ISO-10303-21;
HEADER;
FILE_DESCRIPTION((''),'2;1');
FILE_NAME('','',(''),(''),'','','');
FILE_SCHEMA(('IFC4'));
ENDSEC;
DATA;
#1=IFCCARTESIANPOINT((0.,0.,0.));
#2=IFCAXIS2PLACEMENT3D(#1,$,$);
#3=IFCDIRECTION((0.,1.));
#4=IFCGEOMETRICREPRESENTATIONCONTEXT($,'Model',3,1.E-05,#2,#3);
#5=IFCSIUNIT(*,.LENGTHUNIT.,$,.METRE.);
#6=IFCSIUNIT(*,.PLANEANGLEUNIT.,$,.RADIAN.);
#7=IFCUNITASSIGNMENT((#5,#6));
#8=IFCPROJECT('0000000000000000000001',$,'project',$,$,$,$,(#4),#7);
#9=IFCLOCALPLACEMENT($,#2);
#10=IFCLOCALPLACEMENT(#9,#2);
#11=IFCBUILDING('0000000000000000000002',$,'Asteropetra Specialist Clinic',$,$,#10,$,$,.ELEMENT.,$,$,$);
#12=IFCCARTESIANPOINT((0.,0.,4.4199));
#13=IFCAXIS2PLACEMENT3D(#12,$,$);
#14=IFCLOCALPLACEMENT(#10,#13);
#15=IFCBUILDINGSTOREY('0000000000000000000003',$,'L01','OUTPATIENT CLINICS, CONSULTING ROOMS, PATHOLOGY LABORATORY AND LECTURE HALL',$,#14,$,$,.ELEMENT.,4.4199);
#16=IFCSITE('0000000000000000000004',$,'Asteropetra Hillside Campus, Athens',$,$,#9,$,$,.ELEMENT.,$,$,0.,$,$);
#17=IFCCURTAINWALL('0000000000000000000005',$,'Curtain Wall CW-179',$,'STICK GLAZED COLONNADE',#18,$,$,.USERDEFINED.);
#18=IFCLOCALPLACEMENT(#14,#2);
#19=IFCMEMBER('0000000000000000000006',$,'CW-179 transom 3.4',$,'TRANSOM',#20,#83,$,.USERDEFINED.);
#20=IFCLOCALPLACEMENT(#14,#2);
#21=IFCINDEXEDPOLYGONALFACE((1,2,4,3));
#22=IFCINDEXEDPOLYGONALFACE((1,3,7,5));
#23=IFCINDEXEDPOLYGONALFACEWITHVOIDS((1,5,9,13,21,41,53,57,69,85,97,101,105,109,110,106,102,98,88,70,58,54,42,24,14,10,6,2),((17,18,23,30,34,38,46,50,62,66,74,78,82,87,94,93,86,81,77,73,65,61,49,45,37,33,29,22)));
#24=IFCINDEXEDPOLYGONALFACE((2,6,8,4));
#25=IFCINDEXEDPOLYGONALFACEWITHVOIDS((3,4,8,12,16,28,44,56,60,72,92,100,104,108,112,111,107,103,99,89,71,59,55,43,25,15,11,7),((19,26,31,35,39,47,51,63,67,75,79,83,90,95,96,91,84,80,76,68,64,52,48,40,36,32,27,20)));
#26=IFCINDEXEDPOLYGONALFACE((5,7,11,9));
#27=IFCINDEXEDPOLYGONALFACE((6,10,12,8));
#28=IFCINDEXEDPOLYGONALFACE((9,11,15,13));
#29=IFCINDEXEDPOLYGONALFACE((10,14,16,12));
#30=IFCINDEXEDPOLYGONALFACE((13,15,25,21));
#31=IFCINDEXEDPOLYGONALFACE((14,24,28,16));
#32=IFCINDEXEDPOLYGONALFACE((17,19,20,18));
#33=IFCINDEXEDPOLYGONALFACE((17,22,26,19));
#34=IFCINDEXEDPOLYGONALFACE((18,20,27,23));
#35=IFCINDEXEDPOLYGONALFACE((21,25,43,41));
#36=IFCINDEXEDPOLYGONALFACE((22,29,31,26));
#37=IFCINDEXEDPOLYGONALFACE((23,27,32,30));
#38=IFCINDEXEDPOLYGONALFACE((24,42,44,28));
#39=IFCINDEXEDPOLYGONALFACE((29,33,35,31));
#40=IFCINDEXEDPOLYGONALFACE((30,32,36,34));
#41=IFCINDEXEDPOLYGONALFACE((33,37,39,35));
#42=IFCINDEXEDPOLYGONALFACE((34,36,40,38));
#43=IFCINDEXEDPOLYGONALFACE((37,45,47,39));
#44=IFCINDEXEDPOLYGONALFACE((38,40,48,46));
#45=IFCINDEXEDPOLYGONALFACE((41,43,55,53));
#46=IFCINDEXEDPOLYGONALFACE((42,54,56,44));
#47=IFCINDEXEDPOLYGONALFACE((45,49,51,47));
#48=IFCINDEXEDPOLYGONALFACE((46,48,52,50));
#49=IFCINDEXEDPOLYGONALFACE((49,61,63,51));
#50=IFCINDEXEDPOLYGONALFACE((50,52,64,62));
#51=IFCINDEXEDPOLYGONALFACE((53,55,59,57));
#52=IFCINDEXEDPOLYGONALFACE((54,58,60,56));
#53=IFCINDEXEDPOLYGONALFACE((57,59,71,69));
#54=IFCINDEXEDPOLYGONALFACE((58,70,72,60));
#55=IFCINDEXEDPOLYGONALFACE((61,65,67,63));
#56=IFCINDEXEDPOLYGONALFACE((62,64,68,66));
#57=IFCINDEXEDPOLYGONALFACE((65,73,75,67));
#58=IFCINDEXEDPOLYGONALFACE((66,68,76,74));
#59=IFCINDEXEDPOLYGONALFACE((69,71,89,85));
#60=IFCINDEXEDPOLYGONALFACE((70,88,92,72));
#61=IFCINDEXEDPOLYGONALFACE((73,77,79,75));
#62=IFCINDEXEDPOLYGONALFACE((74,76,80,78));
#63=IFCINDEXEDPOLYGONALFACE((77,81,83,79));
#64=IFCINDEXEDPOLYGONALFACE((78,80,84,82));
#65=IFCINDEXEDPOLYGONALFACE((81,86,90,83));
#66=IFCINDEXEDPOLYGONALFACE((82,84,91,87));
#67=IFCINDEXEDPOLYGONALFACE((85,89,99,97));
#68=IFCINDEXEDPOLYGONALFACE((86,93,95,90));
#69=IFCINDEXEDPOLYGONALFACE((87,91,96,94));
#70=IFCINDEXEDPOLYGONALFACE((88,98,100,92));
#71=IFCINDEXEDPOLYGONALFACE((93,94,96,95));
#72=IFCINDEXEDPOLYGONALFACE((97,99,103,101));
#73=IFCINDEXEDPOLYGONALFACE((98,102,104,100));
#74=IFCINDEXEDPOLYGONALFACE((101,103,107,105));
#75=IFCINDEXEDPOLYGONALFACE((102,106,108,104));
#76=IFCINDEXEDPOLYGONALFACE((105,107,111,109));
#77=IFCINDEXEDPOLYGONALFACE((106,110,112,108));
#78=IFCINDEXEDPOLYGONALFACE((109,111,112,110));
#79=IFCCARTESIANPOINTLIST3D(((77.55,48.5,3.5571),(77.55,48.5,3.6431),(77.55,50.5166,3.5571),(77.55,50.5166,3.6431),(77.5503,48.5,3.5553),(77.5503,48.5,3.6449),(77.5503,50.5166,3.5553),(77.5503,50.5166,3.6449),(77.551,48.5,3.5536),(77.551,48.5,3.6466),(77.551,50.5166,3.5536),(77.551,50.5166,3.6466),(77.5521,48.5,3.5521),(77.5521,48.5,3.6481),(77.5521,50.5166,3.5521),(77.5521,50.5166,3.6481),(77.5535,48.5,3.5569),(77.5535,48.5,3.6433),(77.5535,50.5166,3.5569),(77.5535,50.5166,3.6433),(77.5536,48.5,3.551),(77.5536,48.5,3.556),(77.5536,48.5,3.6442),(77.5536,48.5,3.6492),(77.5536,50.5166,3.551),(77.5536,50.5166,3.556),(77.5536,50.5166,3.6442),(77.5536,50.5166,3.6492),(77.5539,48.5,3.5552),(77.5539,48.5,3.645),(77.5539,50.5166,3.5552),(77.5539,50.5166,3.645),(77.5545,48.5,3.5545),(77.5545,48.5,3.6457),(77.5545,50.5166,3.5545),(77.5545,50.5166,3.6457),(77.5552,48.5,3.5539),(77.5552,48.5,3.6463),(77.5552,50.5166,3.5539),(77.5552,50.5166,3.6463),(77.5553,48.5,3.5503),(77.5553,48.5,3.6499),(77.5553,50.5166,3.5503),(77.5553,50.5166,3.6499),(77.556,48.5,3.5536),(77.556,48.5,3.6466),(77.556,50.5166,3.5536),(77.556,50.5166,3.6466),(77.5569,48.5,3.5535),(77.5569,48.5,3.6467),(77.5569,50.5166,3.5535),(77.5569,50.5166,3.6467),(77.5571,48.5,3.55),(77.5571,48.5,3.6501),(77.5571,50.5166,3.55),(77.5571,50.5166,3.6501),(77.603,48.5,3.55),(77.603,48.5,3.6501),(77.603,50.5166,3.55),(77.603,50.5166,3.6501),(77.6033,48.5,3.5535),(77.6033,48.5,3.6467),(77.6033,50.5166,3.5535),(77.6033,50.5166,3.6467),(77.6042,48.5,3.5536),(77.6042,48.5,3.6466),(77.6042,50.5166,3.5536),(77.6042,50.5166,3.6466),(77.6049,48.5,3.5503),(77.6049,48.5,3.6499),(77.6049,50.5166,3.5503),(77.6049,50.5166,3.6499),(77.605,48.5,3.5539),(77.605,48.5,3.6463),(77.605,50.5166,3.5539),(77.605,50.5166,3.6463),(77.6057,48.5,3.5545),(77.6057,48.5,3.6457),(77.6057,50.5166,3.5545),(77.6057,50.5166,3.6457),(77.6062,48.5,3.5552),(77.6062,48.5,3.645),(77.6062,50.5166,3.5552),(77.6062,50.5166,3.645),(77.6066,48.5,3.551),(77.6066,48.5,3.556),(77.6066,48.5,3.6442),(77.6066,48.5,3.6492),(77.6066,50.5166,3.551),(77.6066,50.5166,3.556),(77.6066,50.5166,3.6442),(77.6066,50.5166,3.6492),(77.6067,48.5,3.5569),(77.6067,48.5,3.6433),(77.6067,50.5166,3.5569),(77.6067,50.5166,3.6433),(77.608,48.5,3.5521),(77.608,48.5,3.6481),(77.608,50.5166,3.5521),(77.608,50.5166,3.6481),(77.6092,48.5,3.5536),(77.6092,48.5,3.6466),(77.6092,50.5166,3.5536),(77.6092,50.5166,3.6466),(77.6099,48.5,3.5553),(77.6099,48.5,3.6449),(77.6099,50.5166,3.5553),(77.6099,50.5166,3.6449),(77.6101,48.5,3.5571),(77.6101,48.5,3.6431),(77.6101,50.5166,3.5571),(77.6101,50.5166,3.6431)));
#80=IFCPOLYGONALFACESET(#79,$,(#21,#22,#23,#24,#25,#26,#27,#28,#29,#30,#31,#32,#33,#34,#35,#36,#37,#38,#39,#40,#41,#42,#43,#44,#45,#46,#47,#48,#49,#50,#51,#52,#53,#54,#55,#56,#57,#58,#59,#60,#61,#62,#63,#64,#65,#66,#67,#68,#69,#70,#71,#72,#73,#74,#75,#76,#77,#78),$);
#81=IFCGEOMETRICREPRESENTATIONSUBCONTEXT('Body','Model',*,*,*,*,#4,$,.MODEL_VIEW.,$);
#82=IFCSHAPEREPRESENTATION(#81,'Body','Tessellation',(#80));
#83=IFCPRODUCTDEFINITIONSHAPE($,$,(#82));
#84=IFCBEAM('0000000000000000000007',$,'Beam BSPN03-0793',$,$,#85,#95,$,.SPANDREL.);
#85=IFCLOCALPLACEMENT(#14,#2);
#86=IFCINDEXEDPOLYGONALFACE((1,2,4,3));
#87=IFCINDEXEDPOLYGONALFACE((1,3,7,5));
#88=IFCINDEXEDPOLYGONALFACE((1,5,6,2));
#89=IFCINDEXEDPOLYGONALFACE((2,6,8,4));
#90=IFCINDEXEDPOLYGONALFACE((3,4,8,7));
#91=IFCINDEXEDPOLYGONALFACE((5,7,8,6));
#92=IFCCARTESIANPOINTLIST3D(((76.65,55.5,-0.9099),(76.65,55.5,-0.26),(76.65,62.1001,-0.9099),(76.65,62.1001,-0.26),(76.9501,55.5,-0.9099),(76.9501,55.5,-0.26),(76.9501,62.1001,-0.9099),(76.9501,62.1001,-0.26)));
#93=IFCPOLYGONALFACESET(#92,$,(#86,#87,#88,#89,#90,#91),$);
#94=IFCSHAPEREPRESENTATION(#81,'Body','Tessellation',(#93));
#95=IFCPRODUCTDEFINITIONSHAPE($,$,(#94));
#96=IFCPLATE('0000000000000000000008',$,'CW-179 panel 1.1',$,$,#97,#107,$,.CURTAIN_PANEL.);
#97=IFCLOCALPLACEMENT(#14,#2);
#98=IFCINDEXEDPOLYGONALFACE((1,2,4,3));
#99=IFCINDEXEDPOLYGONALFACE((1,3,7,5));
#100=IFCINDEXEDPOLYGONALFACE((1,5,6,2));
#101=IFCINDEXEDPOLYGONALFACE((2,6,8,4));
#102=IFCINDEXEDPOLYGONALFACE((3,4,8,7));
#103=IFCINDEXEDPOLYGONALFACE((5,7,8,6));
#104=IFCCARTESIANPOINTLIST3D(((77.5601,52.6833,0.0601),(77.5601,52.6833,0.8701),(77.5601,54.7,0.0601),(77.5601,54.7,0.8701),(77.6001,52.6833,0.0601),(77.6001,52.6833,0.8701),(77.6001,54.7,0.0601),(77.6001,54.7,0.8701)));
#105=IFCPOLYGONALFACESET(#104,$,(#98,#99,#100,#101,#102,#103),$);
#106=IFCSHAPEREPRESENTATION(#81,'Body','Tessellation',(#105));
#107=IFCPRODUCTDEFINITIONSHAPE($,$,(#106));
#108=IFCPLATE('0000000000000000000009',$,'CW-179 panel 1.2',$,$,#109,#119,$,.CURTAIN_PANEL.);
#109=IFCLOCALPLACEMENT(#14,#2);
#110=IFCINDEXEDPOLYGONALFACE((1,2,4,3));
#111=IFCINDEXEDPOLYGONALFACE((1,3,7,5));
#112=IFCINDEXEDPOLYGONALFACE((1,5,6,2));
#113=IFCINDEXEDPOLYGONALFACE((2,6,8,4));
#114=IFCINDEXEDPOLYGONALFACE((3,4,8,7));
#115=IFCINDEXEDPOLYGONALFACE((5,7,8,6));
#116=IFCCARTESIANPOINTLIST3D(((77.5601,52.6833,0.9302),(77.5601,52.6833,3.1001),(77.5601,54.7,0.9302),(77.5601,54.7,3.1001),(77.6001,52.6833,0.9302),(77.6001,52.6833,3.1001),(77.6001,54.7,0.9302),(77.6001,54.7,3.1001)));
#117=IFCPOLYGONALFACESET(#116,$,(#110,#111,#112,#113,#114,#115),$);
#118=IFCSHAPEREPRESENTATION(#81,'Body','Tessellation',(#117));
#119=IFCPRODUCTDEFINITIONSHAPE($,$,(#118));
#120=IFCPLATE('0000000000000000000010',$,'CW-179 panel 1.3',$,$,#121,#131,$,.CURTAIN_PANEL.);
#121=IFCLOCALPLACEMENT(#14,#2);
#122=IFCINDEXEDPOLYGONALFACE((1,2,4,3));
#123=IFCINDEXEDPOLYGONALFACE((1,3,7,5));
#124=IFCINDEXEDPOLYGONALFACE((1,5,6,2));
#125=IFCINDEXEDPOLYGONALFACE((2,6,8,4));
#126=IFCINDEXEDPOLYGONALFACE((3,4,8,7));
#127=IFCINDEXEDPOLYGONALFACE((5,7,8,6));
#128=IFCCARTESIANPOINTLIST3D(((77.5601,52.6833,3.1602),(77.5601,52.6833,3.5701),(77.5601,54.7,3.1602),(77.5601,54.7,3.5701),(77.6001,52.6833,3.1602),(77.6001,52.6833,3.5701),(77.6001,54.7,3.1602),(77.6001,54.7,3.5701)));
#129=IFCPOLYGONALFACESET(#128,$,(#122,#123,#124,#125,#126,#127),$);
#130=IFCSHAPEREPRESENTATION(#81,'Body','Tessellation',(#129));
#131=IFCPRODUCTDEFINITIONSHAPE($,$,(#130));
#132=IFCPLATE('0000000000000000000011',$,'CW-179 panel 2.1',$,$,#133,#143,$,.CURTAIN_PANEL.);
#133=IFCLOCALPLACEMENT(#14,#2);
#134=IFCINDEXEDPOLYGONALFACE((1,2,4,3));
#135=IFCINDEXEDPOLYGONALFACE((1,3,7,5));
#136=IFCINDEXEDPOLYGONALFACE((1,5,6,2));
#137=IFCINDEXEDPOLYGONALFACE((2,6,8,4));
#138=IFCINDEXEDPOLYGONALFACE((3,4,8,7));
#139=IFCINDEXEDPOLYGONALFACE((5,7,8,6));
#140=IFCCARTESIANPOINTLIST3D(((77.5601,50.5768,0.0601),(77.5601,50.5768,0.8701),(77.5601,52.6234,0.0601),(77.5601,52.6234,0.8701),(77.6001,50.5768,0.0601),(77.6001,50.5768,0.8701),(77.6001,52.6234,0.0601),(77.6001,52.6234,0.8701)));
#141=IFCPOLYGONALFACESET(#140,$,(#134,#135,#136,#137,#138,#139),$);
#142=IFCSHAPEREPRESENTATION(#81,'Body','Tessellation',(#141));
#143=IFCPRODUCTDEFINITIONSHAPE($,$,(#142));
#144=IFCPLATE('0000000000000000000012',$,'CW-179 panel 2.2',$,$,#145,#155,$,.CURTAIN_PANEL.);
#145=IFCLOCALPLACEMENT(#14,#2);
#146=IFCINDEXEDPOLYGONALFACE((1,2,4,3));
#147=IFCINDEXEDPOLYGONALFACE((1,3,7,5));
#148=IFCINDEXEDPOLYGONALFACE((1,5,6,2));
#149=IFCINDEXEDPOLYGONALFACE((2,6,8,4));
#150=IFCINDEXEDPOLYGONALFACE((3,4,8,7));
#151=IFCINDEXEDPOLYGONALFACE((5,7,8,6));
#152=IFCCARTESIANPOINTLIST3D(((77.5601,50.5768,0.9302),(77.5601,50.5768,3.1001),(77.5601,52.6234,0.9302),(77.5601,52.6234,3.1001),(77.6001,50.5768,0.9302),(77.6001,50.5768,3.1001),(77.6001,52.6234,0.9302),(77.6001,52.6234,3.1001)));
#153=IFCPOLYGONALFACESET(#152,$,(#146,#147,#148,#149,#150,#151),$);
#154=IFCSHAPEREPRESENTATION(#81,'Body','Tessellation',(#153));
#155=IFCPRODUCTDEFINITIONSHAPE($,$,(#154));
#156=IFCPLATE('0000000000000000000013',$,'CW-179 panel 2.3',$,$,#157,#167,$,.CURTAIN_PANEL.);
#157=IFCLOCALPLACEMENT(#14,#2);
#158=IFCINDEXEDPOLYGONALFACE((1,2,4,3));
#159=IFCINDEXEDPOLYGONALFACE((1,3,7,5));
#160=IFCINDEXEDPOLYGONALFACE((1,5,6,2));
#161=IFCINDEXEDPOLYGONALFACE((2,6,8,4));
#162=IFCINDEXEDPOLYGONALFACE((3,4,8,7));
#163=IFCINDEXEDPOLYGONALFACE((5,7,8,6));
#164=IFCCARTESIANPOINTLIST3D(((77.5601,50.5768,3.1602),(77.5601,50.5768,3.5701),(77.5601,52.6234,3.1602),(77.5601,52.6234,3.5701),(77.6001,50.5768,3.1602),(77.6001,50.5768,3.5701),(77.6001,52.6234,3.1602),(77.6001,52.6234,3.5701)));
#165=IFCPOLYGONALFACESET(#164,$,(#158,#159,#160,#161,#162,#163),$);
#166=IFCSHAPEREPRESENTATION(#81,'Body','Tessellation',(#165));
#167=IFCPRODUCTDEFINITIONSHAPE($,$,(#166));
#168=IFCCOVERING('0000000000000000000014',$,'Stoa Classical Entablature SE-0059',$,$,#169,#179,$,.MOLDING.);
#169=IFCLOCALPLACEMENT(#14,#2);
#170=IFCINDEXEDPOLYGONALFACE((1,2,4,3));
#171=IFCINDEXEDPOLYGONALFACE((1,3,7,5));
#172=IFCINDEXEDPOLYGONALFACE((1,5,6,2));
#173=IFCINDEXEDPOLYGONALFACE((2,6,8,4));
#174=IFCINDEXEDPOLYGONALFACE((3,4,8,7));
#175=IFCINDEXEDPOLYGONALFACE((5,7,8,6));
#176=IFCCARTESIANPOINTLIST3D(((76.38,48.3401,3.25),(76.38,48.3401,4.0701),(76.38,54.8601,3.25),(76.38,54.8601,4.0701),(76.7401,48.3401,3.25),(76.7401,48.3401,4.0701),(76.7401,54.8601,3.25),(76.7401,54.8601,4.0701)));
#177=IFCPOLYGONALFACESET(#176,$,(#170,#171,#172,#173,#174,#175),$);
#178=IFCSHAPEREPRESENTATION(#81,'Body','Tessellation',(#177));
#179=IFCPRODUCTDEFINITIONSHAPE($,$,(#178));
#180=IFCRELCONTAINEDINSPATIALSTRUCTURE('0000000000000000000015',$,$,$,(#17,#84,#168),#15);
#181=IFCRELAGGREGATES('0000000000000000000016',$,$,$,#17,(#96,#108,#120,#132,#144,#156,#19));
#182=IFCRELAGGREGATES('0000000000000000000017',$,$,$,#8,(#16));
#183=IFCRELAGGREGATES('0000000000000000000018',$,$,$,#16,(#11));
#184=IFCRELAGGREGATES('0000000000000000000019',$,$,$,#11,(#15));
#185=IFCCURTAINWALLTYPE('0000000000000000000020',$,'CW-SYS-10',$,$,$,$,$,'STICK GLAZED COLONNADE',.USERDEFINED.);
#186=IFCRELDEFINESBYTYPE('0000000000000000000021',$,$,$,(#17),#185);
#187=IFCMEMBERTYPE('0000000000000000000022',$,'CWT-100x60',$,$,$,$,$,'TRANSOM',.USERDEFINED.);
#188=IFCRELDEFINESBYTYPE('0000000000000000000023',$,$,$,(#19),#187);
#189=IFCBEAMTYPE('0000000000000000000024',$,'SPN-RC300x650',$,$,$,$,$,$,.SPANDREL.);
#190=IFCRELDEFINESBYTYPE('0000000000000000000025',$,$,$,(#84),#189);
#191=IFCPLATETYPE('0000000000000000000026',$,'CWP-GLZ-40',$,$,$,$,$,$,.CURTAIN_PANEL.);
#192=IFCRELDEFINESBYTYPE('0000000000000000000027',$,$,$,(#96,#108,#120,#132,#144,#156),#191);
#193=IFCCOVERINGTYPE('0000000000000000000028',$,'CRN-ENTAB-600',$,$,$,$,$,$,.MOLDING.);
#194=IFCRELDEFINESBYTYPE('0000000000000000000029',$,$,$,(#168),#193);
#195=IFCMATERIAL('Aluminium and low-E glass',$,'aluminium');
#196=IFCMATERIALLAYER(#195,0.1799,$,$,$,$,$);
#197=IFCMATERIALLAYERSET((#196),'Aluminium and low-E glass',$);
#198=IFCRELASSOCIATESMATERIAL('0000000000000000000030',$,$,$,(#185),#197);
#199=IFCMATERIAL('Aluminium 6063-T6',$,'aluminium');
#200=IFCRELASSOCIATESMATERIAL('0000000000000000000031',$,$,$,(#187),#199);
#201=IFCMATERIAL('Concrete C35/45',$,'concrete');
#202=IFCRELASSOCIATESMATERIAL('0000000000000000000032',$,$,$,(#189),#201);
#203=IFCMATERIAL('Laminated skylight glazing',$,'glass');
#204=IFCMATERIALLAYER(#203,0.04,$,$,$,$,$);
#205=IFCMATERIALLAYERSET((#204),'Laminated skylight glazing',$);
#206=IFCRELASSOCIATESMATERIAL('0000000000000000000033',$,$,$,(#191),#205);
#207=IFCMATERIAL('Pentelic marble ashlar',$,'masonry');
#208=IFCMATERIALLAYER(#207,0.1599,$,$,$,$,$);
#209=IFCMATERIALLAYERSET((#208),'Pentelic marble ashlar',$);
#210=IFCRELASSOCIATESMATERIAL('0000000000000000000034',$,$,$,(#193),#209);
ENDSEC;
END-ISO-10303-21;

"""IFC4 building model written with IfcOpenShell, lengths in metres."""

from ifc_helpers import new_model, si_unit, direction, frame, origin, origin_2d, place, context, subcontext, project, spatial, rectangle, hollow_rectangle, extrude, material, layer, layer_set, material_profile, profile_set, type_object, element, aggregate, save


model = new_model("IFC4")

# Units and contexts
model_context = context("Model", 3, precision=1e-05, world=origin(), true_north=direction((0.0, 1.0)))
body_context = subcontext(model_context, "Body", "Model", "MODEL_VIEW")
ifc_project = project(units=[si_unit("LENGTHUNIT", "METRE"), si_unit("PLANEANGLEUNIT", "RADIAN")], contexts=[model_context])

# Site, building, storey
site_placement = place(None, origin())
site = spatial("IfcSite", under=ifc_project, at=site_placement, Name="Asteropetra Hillside Campus, Athens", CompositionType="ELEMENT", RefElevation=0.0)
building_placement = place(site_placement, origin())
building = spatial("IfcBuilding", under=site, at=building_placement, Name="Asteropetra Specialist Clinic", CompositionType="ELEMENT")
storey_placement = place(building_placement, frame((0.0, 0.0, 4.4199)))
storey = spatial("IfcBuildingStorey", under=building, at=storey_placement, Name="L01", Description="OUTPATIENT CLINICS, CONSULTING ROOMS, PATHOLOGY LABORATORY AND LECTURE HALL", CompositionType="ELEMENT", Elevation=4.4199)

# Curtain wall, member
ifc_material_1 = material(Name="Aluminium and low-E glass", Category="aluminium")
ifc_layer_1 = layer(ifc_material_1, 0.1799)
ifc_layer_set_1 = layer_set([ifc_layer_1], Name="Aluminium and low-E glass")
curtain_wall_type = type_object("IfcCurtainWallType", Name="CW-SYS-10", ElementType="STICK GLAZED COLONNADE", PredefinedType="USERDEFINED", material=ifc_layer_set_1)
curtain_wall_placement = place(storey_placement, origin())
curtain_wall = element("IfcCurtainWall", 1, at=curtain_wall_placement, inside=storey, type_object=curtain_wall_type, Name="Curtain Wall CW-179", ObjectType="STICK GLAZED COLONNADE", PredefinedType="USERDEFINED")
ifc_material_2 = material(Name="Aluminium 6063-T6", Category="aluminium")
ifc_material_profile_1 = material_profile(ifc_material_2, hollow_rectangle(XDim=0.0601, YDim=0.1001, WallThickness=0.0034, InnerFilletRadius=0.0034, OuterFilletRadius=0.0071, at=origin_2d()), Name="TRN 100x60x3.5")
ifc_profile_set_1 = profile_set([ifc_material_profile_1], Name="Aluminium 6063-T6")
member_type_1 = type_object("IfcMemberType", Name="CWT-100x60", ElementType="TRANSOM", PredefinedType="USERDEFINED", material=ifc_profile_set_1)
member_1_placement = place(storey_placement, frame((77.5801, 50.5166, 3.6001), z_axis=(0.0, -1.0, 0.0), x_axis=(1.0, 0.0, 0.0)))
member_1 = element("IfcMember", 2, at=member_1_placement, type_object=member_type_1, Name="CW-179 transom 3.4", ObjectType="TRANSOM", PredefinedType="USERDEFINED", context=body_context, shape_type="SweptSolid", body=[
    extrude(hollow_rectangle(XDim=0.0601, YDim=0.1001, WallThickness=0.0034, InnerFilletRadius=0.0034, OuterFilletRadius=0.0071, at=origin_2d()), origin(), (0.0, 0.0, 1.0), 2.0166),
])

# Beam
ifc_material_3 = material(Name="Concrete C35/45", Category="concrete")
ifc_material_profile_2 = material_profile(ifc_material_3, rectangle(XDim=0.3, YDim=0.6499, at=origin_2d()), Name="RCS 300x650")
ifc_profile_set_2 = profile_set([ifc_material_profile_2], Name="Concrete C35/45")
beam_type_1 = type_object("IfcBeamType", Name="SPN-RC300x650", PredefinedType="SPANDREL", material=ifc_profile_set_2)
beam_1_placement = place(storey_placement, frame((76.8, 55.5, -0.585), z_axis=(0.0, 1.0, 0.0), x_axis=(-1.0, 0.0, 0.0)))
element("IfcBeam", 3, at=beam_1_placement, inside=storey, type_object=beam_type_1, Name="Beam BSPN03-0793", PredefinedType="SPANDREL", context=body_context, shape_type="SweptSolid", body=[
    extrude(rectangle(XDim=0.3, YDim=0.6499, at=origin_2d()), origin(), (0.0, 0.0, 1.0), 6.6001),
])

# Plates
ifc_material_4 = material(Name="Laminated skylight glazing", Category="glass")
ifc_layer_2 = layer(ifc_material_4, 0.04)
ifc_layer_set_2 = layer_set([ifc_layer_2], Name="Laminated skylight glazing")
plate_type = type_object("IfcPlateType", Name="CWP-GLZ-40", PredefinedType="CURTAIN_PANEL", material=ifc_layer_set_2)
plate_1_placement = place(storey_placement, frame((77.5801, 53.6917, 0.0601), z_axis=(0.0, 0.0, 1.0), x_axis=(0.0, -1.0, 0.0)))
plate_1 = element("IfcPlate", 4, at=plate_1_placement, type_object=plate_type, Name="CW-179 panel 1.1", PredefinedType="CURTAIN_PANEL", context=body_context, shape_type="SweptSolid", body=[
    extrude(rectangle(XDim=2.0166, YDim=0.04, at=origin_2d()), origin(), (0.0, 0.0, 1.0), 0.8101),
])
plate_2_placement = place(storey_placement, frame((77.5801, 53.6917, 0.9302), z_axis=(0.0, 0.0, 1.0), x_axis=(0.0, -1.0, 0.0)))
plate_2 = element("IfcPlate", 5, at=plate_2_placement, type_object=plate_type, Name="CW-179 panel 1.2", PredefinedType="CURTAIN_PANEL", context=body_context, shape_type="SweptSolid", body=[
    extrude(rectangle(XDim=2.0166, YDim=0.04, at=origin_2d()), origin(), (0.0, 0.0, 1.0), 2.1699),
])
plate_3_placement = place(storey_placement, frame((77.5801, 53.6917, 3.1602), z_axis=(0.0, 0.0, 1.0), x_axis=(0.0, -1.0, 0.0)))
plate_3 = element("IfcPlate", 6, at=plate_3_placement, type_object=plate_type, Name="CW-179 panel 1.3", PredefinedType="CURTAIN_PANEL", context=body_context, shape_type="SweptSolid", body=[
    extrude(rectangle(XDim=2.0166, YDim=0.04, at=origin_2d()), origin(), (0.0, 0.0, 1.0), 0.4099),
])
plate_4_placement = place(storey_placement, frame((77.5801, 51.6001, 0.0601), z_axis=(0.0, 0.0, 1.0), x_axis=(0.0, -1.0, 0.0)))
plate_4 = element("IfcPlate", 7, at=plate_4_placement, type_object=plate_type, Name="CW-179 panel 2.1", PredefinedType="CURTAIN_PANEL", context=body_context, shape_type="SweptSolid", body=[
    extrude(rectangle(XDim=2.0466, YDim=0.04, at=origin_2d()), origin(), (0.0, 0.0, 1.0), 0.8101),
])
plate_5_placement = place(storey_placement, frame((77.5801, 51.6001, 0.9302), z_axis=(0.0, 0.0, 1.0), x_axis=(0.0, -1.0, 0.0)))
plate_5 = element("IfcPlate", 8, at=plate_5_placement, type_object=plate_type, Name="CW-179 panel 2.2", PredefinedType="CURTAIN_PANEL", context=body_context, shape_type="SweptSolid", body=[
    extrude(rectangle(XDim=2.0466, YDim=0.04, at=origin_2d()), origin(), (0.0, 0.0, 1.0), 2.1699),
])
plate_6_placement = place(storey_placement, frame((77.5801, 51.6001, 3.1602), z_axis=(0.0, 0.0, 1.0), x_axis=(0.0, -1.0, 0.0)))
plate_6 = element("IfcPlate", 9, at=plate_6_placement, type_object=plate_type, Name="CW-179 panel 2.3", PredefinedType="CURTAIN_PANEL", context=body_context, shape_type="SweptSolid", body=[
    extrude(rectangle(XDim=2.0466, YDim=0.04, at=origin_2d()), origin(), (0.0, 0.0, 1.0), 0.4099),
])
aggregate(curtain_wall, [plate_1, plate_2, plate_3, plate_4, plate_5, plate_6, member_1])

# Covering
ifc_material_5 = material(Name="Pentelic marble ashlar", Category="masonry")
ifc_layer_3 = layer(ifc_material_5, 0.1599)
ifc_layer_set_3 = layer_set([ifc_layer_3], Name="Pentelic marble ashlar")
covering_type = type_object("IfcCoveringType", Name="CRN-ENTAB-600", PredefinedType="MOLDING", material=ifc_layer_set_3)
covering_placement = place(storey_placement, frame((76.5601, 51.6001, 3.25), z_axis=(0.0, 0.0, 1.0), x_axis=(1.0, 0.0, 0.0)))
element("IfcCovering", 10, at=covering_placement, inside=storey, type_object=covering_type, Name="Stoa Classical Entablature SE-0059", PredefinedType="MOLDING", context=body_context, shape_type="SweptSolid", body=[
    extrude(rectangle(XDim=0.3601, YDim=6.52, at=origin_2d()), origin(), (0.0, 0.0, 1.0), 0.8201),
])

save(model, "model.ifc")
